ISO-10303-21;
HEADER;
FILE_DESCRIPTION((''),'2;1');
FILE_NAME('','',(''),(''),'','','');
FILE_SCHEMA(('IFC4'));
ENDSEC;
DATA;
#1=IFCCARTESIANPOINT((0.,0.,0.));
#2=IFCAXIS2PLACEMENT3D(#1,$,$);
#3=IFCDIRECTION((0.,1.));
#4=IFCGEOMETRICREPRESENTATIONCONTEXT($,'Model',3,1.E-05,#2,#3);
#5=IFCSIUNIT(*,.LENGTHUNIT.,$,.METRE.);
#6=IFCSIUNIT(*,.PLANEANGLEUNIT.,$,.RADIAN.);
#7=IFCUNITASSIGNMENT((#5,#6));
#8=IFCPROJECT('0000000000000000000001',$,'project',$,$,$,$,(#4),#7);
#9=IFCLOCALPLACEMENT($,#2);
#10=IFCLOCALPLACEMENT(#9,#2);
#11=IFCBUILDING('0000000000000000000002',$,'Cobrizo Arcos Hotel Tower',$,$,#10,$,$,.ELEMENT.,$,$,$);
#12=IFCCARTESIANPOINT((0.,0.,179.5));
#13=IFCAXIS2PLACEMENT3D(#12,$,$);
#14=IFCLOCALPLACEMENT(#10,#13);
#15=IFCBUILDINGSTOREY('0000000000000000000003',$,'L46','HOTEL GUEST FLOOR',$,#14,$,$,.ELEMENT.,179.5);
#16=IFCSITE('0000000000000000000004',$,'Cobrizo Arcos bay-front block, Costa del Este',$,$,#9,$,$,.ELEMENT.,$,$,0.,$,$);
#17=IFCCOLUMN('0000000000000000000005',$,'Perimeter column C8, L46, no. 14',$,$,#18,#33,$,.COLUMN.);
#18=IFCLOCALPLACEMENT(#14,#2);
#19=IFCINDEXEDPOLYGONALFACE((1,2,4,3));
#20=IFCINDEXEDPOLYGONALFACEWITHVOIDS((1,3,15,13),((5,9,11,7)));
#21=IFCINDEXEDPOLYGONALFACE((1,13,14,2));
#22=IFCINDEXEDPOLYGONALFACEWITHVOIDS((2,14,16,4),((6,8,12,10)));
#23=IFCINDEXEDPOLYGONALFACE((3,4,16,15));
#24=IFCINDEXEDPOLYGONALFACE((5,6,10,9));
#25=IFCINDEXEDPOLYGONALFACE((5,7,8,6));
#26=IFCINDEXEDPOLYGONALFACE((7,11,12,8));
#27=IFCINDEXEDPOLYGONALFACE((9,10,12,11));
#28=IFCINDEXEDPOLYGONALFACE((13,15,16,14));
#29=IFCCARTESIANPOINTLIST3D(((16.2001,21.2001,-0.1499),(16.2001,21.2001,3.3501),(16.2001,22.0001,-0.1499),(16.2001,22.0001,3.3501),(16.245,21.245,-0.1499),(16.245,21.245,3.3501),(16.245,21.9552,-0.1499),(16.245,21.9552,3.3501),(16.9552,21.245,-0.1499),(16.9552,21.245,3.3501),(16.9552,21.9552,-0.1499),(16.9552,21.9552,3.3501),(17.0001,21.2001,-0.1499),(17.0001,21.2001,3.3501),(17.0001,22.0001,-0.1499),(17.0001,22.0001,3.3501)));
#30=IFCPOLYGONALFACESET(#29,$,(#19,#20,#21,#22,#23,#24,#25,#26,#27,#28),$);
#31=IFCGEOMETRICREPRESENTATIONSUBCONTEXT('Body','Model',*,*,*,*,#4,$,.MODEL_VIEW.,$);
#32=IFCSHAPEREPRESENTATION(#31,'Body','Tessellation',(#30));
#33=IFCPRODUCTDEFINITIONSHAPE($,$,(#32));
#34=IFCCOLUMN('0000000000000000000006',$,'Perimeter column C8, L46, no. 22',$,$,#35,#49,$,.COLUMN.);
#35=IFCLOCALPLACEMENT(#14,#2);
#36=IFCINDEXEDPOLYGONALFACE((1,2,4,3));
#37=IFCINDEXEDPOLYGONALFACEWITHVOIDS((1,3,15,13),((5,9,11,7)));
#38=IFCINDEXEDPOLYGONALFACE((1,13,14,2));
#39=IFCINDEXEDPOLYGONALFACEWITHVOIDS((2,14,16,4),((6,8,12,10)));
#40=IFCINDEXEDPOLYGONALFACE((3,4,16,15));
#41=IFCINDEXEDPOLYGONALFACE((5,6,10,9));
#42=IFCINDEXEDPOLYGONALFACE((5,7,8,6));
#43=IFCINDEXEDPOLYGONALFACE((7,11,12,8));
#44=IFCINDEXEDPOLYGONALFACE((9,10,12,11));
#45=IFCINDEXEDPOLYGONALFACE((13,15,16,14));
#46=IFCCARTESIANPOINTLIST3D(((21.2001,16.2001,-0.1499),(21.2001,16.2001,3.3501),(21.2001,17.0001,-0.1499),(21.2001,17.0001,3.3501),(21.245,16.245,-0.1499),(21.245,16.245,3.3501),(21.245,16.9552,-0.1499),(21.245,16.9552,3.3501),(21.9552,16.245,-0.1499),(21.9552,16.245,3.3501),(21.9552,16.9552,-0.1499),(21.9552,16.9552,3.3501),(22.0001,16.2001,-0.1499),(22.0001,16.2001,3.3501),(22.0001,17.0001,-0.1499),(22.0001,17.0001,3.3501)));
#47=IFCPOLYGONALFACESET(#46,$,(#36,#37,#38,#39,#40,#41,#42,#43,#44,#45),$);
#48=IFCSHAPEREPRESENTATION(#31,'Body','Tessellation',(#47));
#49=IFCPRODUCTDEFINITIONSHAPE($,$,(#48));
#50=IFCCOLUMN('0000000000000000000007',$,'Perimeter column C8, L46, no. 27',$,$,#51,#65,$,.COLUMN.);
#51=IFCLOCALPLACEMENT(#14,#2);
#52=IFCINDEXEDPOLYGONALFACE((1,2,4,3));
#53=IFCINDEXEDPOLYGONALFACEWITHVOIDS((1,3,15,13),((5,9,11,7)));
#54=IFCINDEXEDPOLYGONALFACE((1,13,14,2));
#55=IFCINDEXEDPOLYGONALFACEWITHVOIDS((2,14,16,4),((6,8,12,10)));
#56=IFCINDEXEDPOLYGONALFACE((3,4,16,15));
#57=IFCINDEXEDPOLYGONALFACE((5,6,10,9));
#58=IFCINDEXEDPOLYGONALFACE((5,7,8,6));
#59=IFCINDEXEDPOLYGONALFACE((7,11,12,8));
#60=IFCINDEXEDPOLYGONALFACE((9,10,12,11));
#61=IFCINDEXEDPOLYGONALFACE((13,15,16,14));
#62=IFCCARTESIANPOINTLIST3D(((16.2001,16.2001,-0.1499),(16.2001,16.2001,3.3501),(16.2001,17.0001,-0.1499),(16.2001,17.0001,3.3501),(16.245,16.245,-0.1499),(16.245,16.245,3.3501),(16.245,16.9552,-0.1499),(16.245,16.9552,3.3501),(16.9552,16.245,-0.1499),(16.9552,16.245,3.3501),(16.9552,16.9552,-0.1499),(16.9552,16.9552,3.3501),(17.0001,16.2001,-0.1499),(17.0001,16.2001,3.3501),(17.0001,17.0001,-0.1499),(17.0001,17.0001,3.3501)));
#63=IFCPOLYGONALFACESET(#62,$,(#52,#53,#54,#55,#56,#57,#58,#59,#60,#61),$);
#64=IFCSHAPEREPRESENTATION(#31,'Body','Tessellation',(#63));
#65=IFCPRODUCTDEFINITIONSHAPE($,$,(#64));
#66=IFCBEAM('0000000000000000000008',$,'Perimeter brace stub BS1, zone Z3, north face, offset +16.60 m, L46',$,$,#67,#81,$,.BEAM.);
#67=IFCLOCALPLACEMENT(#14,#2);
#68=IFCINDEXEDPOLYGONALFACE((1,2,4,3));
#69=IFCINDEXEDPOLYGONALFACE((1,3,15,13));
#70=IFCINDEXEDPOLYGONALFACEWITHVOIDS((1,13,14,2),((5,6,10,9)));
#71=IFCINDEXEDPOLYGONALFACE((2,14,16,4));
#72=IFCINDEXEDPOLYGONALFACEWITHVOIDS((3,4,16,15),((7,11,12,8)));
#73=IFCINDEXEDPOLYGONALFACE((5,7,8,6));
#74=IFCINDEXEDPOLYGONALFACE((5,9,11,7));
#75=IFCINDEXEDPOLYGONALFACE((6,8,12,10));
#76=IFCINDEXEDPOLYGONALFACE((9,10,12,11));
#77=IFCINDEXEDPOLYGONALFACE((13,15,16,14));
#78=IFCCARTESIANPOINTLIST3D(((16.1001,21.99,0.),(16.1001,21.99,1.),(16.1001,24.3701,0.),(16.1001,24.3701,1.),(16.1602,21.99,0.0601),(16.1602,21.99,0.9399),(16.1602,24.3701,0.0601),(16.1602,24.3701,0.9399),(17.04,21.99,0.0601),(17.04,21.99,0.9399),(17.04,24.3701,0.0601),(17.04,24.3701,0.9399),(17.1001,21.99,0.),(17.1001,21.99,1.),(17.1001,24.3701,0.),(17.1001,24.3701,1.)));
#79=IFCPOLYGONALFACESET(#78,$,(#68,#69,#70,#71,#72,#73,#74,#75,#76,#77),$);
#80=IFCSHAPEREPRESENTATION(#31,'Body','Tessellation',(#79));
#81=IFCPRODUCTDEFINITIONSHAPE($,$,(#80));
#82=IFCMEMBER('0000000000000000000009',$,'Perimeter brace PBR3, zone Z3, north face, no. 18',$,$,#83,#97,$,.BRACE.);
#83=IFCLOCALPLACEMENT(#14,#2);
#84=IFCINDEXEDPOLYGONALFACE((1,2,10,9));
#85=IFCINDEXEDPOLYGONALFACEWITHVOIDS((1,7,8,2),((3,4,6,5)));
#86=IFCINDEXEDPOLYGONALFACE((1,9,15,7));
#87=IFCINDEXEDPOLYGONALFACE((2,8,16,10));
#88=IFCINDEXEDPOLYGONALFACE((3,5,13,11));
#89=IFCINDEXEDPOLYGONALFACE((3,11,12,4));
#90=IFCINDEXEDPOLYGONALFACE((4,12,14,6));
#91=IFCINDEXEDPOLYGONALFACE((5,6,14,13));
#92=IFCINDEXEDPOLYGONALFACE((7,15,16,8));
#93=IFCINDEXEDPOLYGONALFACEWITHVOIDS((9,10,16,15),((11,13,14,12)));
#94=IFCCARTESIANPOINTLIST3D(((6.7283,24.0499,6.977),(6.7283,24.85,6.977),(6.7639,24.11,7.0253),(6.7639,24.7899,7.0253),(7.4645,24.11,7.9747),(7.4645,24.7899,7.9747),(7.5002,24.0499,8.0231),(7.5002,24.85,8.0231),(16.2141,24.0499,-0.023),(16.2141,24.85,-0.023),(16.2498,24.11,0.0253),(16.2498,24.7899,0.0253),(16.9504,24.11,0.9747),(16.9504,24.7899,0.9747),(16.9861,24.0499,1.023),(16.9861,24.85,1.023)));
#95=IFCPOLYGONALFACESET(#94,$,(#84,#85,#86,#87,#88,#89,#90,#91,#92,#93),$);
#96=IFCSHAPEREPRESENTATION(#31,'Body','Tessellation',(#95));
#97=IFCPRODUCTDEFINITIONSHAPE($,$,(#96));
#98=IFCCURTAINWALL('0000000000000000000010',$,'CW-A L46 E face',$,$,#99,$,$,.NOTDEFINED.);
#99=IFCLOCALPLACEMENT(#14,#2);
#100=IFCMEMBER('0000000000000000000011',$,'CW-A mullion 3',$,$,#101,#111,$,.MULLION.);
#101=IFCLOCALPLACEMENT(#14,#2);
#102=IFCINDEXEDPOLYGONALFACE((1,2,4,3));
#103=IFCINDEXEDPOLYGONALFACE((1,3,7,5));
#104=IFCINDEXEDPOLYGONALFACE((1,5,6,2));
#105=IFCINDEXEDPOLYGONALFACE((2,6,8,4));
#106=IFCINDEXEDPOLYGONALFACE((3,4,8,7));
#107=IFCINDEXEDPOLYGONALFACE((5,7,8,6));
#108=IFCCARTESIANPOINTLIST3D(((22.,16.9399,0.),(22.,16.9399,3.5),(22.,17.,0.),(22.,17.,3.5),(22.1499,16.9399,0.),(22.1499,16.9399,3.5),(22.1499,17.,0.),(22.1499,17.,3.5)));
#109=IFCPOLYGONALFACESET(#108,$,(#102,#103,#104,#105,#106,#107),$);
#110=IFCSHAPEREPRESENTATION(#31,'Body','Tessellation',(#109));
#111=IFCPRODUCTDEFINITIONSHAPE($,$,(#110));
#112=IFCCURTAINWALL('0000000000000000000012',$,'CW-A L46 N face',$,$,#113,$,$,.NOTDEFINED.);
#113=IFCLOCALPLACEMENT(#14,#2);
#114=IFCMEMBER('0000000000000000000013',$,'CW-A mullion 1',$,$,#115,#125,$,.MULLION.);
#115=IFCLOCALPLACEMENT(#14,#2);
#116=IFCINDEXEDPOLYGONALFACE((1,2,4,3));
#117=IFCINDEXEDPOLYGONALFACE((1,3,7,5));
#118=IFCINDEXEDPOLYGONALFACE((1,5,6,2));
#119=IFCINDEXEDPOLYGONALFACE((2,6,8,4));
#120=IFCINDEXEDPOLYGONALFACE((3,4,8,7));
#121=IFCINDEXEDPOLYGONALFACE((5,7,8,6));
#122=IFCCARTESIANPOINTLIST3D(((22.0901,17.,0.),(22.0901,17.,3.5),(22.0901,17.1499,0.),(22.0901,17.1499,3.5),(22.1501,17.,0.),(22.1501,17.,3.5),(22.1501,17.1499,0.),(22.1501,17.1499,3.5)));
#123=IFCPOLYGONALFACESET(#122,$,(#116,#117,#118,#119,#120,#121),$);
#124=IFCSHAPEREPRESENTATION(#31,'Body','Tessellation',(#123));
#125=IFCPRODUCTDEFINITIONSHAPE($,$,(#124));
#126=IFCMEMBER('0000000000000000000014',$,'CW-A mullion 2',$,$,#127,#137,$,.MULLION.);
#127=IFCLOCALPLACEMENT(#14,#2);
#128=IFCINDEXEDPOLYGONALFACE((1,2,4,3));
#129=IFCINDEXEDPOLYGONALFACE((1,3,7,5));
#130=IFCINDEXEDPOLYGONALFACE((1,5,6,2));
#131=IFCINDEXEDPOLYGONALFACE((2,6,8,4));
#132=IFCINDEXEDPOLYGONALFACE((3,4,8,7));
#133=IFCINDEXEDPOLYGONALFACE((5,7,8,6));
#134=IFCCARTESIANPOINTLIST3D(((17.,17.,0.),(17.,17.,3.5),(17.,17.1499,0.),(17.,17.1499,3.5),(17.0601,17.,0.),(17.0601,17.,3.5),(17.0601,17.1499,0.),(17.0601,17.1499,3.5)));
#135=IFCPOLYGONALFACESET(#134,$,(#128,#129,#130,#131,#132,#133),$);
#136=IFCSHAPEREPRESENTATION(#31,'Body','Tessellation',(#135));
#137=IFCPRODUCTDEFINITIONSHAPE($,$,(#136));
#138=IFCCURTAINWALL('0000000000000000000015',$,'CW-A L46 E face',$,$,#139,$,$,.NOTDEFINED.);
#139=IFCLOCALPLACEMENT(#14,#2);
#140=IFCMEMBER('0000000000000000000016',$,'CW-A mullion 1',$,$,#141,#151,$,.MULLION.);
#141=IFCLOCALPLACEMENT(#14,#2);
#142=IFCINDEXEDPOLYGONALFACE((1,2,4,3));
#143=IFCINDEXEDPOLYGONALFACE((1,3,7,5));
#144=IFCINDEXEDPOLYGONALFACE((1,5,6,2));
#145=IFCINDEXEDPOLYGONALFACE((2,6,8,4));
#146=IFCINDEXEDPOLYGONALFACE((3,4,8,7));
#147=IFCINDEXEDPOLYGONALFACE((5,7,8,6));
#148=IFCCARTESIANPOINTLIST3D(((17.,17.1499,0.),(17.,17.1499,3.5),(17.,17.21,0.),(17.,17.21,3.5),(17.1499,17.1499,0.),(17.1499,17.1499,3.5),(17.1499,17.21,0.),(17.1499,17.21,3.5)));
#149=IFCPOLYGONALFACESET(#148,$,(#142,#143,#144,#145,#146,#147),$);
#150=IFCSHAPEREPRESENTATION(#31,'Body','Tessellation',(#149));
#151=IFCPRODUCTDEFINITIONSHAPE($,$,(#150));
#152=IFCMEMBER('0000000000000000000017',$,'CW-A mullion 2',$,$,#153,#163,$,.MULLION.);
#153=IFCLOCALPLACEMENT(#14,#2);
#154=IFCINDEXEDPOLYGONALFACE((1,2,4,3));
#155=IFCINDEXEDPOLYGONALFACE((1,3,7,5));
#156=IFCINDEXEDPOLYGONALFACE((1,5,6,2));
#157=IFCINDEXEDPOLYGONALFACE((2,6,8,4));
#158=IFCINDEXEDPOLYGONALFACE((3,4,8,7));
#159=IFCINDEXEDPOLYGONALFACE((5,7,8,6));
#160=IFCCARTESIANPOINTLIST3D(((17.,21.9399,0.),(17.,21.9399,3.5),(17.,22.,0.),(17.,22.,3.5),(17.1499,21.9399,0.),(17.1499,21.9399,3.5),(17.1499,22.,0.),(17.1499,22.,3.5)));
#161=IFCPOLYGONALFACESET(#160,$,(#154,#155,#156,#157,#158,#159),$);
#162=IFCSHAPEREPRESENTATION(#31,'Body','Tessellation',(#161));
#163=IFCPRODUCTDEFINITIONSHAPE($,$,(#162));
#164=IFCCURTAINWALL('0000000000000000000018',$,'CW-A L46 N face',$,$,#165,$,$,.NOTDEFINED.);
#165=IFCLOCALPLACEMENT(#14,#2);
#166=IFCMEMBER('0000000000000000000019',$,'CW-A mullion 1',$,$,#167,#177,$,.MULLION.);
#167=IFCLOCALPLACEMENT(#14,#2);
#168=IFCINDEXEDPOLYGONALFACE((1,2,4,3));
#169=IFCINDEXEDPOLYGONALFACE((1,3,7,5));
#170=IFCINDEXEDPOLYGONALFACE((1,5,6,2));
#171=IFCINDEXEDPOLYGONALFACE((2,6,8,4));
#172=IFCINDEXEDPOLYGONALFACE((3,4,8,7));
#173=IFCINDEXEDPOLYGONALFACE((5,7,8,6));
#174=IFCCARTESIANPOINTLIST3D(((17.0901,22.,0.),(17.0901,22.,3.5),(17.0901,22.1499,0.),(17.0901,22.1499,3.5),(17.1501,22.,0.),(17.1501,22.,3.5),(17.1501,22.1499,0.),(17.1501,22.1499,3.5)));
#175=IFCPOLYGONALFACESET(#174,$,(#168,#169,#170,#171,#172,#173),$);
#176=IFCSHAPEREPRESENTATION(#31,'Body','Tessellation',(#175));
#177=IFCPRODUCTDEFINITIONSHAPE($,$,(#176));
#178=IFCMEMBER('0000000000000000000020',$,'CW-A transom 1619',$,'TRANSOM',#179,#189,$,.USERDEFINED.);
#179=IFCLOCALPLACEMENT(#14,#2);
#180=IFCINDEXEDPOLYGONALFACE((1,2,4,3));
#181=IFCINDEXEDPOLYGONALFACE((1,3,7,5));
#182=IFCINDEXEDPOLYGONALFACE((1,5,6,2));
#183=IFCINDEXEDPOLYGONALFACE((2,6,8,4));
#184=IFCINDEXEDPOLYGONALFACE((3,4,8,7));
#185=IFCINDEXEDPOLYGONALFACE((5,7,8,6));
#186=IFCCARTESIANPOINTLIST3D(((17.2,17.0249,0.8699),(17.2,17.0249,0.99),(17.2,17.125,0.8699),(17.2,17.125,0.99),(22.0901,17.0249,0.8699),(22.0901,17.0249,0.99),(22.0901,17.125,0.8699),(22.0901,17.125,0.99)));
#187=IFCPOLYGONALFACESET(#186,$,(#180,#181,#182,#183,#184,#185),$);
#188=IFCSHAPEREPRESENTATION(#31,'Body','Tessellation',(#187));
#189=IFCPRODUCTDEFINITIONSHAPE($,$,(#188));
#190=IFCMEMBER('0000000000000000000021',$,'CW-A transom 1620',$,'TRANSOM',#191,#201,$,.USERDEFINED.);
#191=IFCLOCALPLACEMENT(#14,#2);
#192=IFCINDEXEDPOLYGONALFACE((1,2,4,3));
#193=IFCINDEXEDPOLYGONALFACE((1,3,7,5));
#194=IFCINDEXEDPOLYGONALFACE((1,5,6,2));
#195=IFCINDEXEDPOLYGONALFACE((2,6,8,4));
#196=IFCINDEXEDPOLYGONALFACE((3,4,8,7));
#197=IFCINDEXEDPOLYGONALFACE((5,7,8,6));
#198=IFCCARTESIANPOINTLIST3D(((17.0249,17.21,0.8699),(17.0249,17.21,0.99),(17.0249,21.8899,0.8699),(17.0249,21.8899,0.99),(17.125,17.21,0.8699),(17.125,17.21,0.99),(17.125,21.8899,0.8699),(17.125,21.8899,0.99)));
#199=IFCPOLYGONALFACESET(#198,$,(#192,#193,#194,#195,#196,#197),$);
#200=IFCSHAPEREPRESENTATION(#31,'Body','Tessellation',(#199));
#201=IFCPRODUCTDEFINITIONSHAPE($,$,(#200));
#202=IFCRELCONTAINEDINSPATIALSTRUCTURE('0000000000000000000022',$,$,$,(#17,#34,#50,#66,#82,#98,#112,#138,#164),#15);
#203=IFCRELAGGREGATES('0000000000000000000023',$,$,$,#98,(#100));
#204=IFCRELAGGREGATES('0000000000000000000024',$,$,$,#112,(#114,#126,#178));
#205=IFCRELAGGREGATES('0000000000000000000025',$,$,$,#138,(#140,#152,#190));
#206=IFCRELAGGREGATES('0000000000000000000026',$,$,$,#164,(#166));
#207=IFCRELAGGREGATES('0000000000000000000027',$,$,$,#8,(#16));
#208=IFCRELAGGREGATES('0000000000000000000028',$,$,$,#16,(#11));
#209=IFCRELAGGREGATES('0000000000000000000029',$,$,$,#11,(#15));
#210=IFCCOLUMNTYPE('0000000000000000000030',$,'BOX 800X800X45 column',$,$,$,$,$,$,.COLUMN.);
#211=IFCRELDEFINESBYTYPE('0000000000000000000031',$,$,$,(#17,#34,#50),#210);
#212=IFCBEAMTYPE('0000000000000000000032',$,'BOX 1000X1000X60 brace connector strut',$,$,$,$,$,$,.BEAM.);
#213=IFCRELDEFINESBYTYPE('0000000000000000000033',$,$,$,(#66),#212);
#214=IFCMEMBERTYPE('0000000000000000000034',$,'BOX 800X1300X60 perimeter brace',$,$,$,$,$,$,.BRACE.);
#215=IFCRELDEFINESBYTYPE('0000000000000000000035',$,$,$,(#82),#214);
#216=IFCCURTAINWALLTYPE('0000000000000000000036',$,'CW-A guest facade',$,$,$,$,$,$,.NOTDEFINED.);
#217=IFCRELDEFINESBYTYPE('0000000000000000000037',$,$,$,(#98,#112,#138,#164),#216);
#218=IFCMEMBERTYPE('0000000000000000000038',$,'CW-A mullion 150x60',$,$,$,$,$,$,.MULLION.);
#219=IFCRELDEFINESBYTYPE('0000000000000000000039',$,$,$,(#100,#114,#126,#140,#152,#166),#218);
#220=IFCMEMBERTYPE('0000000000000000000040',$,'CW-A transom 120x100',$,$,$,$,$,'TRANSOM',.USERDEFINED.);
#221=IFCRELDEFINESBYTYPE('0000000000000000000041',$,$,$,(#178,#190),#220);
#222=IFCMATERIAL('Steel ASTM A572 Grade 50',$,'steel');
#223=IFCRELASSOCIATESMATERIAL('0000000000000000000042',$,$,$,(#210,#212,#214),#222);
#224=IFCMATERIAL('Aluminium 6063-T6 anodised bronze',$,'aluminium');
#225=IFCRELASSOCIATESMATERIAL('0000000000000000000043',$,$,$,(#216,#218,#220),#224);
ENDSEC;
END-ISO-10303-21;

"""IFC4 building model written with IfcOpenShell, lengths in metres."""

from ifc_helpers import new_model, si_unit, direction, frame, origin, origin_2d, place, context, subcontext, project, spatial, rectangle, hollow_rectangle, extrude, material, material_profile, profile_set, type_object, element, aggregate, save


model = new_model("IFC4")

# Units and contexts
model_context = context("Model", 3, precision=1e-05, world=origin(), true_north=direction((0.0, 1.0)))
body_context = subcontext(model_context, "Body", "Model", "MODEL_VIEW")
ifc_project = project(units=[si_unit("LENGTHUNIT", "METRE"), si_unit("PLANEANGLEUNIT", "RADIAN")], contexts=[model_context])

# Site, building, storey
site_placement = place(None, origin())
site = spatial("IfcSite", under=ifc_project, at=site_placement, Name="Cobrizo Arcos bay-front block, Costa del Este", CompositionType="ELEMENT", RefElevation=0.0)
building_placement = place(site_placement, origin())
building = spatial("IfcBuilding", under=site, at=building_placement, Name="Cobrizo Arcos Hotel Tower", CompositionType="ELEMENT")
storey_placement = place(building_placement, frame((0.0, 0.0, 179.5)))
storey = spatial("IfcBuildingStorey", under=building, at=storey_placement, Name="L46", Description="HOTEL GUEST FLOOR", CompositionType="ELEMENT", Elevation=179.5)

# Columns
ifc_material_1 = material(Name="Steel ASTM A572 Grade 50", Category="steel")
ifc_material_profile_1 = material_profile(ifc_material_1, hollow_rectangle(XDim=0.8, YDim=0.8, WallThickness=0.0449, at=origin_2d()), Name="BOX 800X800X45")
ifc_profile_set_1 = profile_set([ifc_material_profile_1], Name="Steel ASTM A572 Grade 50")
column_type = type_object("IfcColumnType", Name="BOX 800X800X45 column", PredefinedType="COLUMN", material=ifc_profile_set_1)
for number, where, z_axis, x_axis, name in (
    (1, (16.6001, 21.6001, -0.1499), (0.0, 0.0, 1.0), (1.0, 0.0, 0.0), "Perimeter column C8, L46, no. 14"),
    (2, (21.6001, 16.6001, -0.1499), (0.0, 0.0, 1.0), (1.0, 0.0, 0.0), "Perimeter column C8, L46, no. 22"),
    (3, (16.6001, 16.6001, -0.1499), (0.0, 0.0, 1.0), (1.0, 0.0, 0.0), "Perimeter column C8, L46, no. 27"),
):
    element("IfcColumn", number, at=place(storey_placement, frame(where, z_axis=z_axis, x_axis=x_axis)), inside=storey, type_object=column_type, Name=name, PredefinedType="COLUMN", context=body_context, shape_type="SweptSolid", body=[
        extrude(hollow_rectangle(XDim=0.8, YDim=0.8, WallThickness=0.0449, at=origin_2d()), origin(), (0.0, 0.0, 1.0), 3.5),
    ])

# Beam
ifc_material_profile_2 = material_profile(ifc_material_1, hollow_rectangle(XDim=1.0, YDim=1.0, WallThickness=0.0601, at=origin_2d()), Name="BOX 1000X1000X60")
ifc_profile_set_2 = profile_set([ifc_material_profile_2], Name="Steel ASTM A572 Grade 50")
beam_type_1 = type_object("IfcBeamType", Name="BOX 1000X1000X60 brace connector strut", PredefinedType="BEAM", material=ifc_profile_set_2)
beam_1_placement = place(storey_placement, frame((16.6001, 21.99, 0.5), z_axis=(0.0, 1.0, 0.0), x_axis=(-1.0, 0.0, 0.0)))
element("IfcBeam", 4, at=beam_1_placement, inside=storey, type_object=beam_type_1, Name="Perimeter brace stub BS1, zone Z3, north face, offset +16.60 m, L46", PredefinedType="BEAM", context=body_context, shape_type="SweptSolid", body=[
    extrude(hollow_rectangle(XDim=1.0, YDim=1.0, WallThickness=0.0601, at=origin_2d()), origin(), (0.0, 0.0, 1.0), 2.3801),
])

# Member
ifc_material_profile_3 = material_profile(ifc_material_1, hollow_rectangle(XDim=0.8, YDim=1.3, WallThickness=0.0601, at=origin_2d()), Name="BOX 800X1300X60")
ifc_profile_set_3 = profile_set([ifc_material_profile_3], Name="Steel ASTM A572 Grade 50")
member_type_1 = type_object("IfcMemberType", Name="BOX 800X1300X60 perimeter brace", PredefinedType="BRACE", material=ifc_profile_set_3)
member_1_placement = place(storey_placement, frame((16.6001, 24.45, 0.5), z_axis=(-0.804633, 0.0, 0.593772), x_axis=(0.0, -1.0, 0.0)))
element("IfcMember", 5, at=member_1_placement, inside=storey, type_object=member_type_1, Name="Perimeter brace PBR3, zone Z3, north face, no. 18", PredefinedType="BRACE", context=body_context, shape_type="SweptSolid", body=[
    extrude(hollow_rectangle(XDim=0.8, YDim=1.3, WallThickness=0.0601, at=origin_2d()), origin(), (0.0, 0.0, 1.0), 11.7891),
])

# Curtain wall, member
ifc_material_2 = material(Name="Aluminium 6063-T6 anodised bronze", Category="aluminium")
curtain_wall_type = type_object("IfcCurtainWallType", Name="CW-A guest facade", PredefinedType="NOTDEFINED", material=ifc_material_2)
curtain_wall_1_placement = place(storey_placement, origin())
curtain_wall_1 = element("IfcCurtainWall", 6, at=curtain_wall_1_placement, inside=storey, type_object=curtain_wall_type, Name="CW-A L46 E face", PredefinedType="NOTDEFINED")
ifc_material_profile_4 = material_profile(ifc_material_2, rectangle(XDim=0.1499, YDim=0.0601, at=origin_2d()), Name="CW-A mullion 150x60")
ifc_profile_set_4 = profile_set([ifc_material_profile_4], Name="Aluminium 6063-T6 anodised bronze")
member_type_2 = type_object("IfcMemberType", Name="CW-A mullion 150x60", PredefinedType="MULLION", material=ifc_profile_set_4)
member_2_placement = place(storey_placement, frame((22.075, 16.97, 0.0), z_axis=(0.0, 0.0, 1.0), x_axis=(1.0, 0.0, 0.0)))
member_2 = element("IfcMember", 7, at=member_2_placement, type_object=member_type_2, Name="CW-A mullion 3", PredefinedType="MULLION", context=body_context, shape_type="SweptSolid", body=[
    extrude(rectangle(XDim=0.1499, YDim=0.0601, at=origin_2d()), origin(), (0.0, 0.0, 1.0), 3.5),
])

# Curtain walls, members
curtain_wall_2_placement = place(storey_placement, origin())
curtain_wall_2 = element("IfcCurtainWall", 8, at=curtain_wall_2_placement, inside=storey, type_object=curtain_wall_type, Name="CW-A L46 N face", PredefinedType="NOTDEFINED")
member_3_placement = place(storey_placement, frame((22.1201, 17.075, 0.0), z_axis=(0.0, 0.0, 1.0), x_axis=(0.0, 1.0, 0.0)))
member_3 = element("IfcMember", 9, at=member_3_placement, type_object=member_type_2, Name="CW-A mullion 1", PredefinedType="MULLION", context=body_context, shape_type="SweptSolid", body=[
    extrude(rectangle(XDim=0.1499, YDim=0.0601, at=origin_2d()), origin(), (0.0, 0.0, 1.0), 3.5),
])
member_4_placement = place(storey_placement, frame((17.03, 17.075, 0.0), z_axis=(0.0, 0.0, 1.0), x_axis=(0.0, 1.0, 0.0)))
member_4 = element("IfcMember", 10, at=member_4_placement, type_object=member_type_2, Name="CW-A mullion 2", PredefinedType="MULLION", context=body_context, shape_type="SweptSolid", body=[
    extrude(rectangle(XDim=0.1499, YDim=0.0601, at=origin_2d()), origin(), (0.0, 0.0, 1.0), 3.5),
])
curtain_wall_3_placement = place(storey_placement, origin())
curtain_wall_3 = element("IfcCurtainWall", 11, at=curtain_wall_3_placement, inside=storey, type_object=curtain_wall_type, Name="CW-A L46 E face", PredefinedType="NOTDEFINED")
member_5_placement = place(storey_placement, frame((17.075, 17.1799, 0.0), z_axis=(0.0, 0.0, 1.0), x_axis=(1.0, 0.0, 0.0)))
member_5 = element("IfcMember", 12, at=member_5_placement, type_object=member_type_2, Name="CW-A mullion 1", PredefinedType="MULLION", context=body_context, shape_type="SweptSolid", body=[
    extrude(rectangle(XDim=0.1499, YDim=0.0601, at=origin_2d()), origin(), (0.0, 0.0, 1.0), 3.5),
])
member_6_placement = place(storey_placement, frame((17.075, 21.97, 0.0), z_axis=(0.0, 0.0, 1.0), x_axis=(1.0, 0.0, 0.0)))
member_6 = element("IfcMember", 13, at=member_6_placement, type_object=member_type_2, Name="CW-A mullion 2", PredefinedType="MULLION", context=body_context, shape_type="SweptSolid", body=[
    extrude(rectangle(XDim=0.1499, YDim=0.0601, at=origin_2d()), origin(), (0.0, 0.0, 1.0), 3.5),
])

# Curtain wall, member
curtain_wall_4_placement = place(storey_placement, origin())
curtain_wall_4 = element("IfcCurtainWall", 14, at=curtain_wall_4_placement, inside=storey, type_object=curtain_wall_type, Name="CW-A L46 N face", PredefinedType="NOTDEFINED")
member_7_placement = place(storey_placement, frame((17.1201, 22.075, 0.0), z_axis=(0.0, 0.0, 1.0), x_axis=(0.0, 1.0, 0.0)))
member_7 = element("IfcMember", 15, at=member_7_placement, type_object=member_type_2, Name="CW-A mullion 1", PredefinedType="MULLION", context=body_context, shape_type="SweptSolid", body=[
    extrude(rectangle(XDim=0.1499, YDim=0.0601, at=origin_2d()), origin(), (0.0, 0.0, 1.0), 3.5),
])

# Members
ifc_material_profile_5 = material_profile(ifc_material_2, rectangle(XDim=0.1001, YDim=0.1201, at=origin_2d()), Name="CW-A transom 120x100")
ifc_profile_set_5 = profile_set([ifc_material_profile_5], Name="Aluminium 6063-T6 anodised bronze")
member_type_3 = type_object("IfcMemberType", Name="CW-A transom 120x100", ElementType="TRANSOM", PredefinedType="USERDEFINED", material=ifc_profile_set_5)
member_8_placement = place(storey_placement, frame((22.0901, 17.075, 0.9299), z_axis=(-1.0, 0.0, 0.0), x_axis=(0.0, -1.0, 0.0)))
member_8 = element("IfcMember", 16, at=member_8_placement, type_object=member_type_3, Name="CW-A transom 1619", ObjectType="TRANSOM", PredefinedType="USERDEFINED", context=body_context, shape_type="SweptSolid", body=[
    extrude(rectangle(XDim=0.1001, YDim=0.1201, at=origin_2d()), origin(), (0.0, 0.0, 1.0), 4.8901),
])
member_9_placement = place(storey_placement, frame((17.075, 17.21, 0.9299), z_axis=(0.0, 1.0, 0.0), x_axis=(-1.0, 0.0, 0.0)))
member_9 = element("IfcMember", 17, at=member_9_placement, type_object=member_type_3, Name="CW-A transom 1620", ObjectType="TRANSOM", PredefinedType="USERDEFINED", context=body_context, shape_type="SweptSolid", body=[
    extrude(rectangle(XDim=0.1001, YDim=0.1201, at=origin_2d()), origin(), (0.0, 0.0, 1.0), 4.6799),
])

aggregate(curtain_wall_1, [member_2])
aggregate(curtain_wall_2, [member_3, member_4, member_8])
aggregate(curtain_wall_3, [member_5, member_6, member_9])
aggregate(curtain_wall_4, [member_7])

save(model, "model.ifc")
